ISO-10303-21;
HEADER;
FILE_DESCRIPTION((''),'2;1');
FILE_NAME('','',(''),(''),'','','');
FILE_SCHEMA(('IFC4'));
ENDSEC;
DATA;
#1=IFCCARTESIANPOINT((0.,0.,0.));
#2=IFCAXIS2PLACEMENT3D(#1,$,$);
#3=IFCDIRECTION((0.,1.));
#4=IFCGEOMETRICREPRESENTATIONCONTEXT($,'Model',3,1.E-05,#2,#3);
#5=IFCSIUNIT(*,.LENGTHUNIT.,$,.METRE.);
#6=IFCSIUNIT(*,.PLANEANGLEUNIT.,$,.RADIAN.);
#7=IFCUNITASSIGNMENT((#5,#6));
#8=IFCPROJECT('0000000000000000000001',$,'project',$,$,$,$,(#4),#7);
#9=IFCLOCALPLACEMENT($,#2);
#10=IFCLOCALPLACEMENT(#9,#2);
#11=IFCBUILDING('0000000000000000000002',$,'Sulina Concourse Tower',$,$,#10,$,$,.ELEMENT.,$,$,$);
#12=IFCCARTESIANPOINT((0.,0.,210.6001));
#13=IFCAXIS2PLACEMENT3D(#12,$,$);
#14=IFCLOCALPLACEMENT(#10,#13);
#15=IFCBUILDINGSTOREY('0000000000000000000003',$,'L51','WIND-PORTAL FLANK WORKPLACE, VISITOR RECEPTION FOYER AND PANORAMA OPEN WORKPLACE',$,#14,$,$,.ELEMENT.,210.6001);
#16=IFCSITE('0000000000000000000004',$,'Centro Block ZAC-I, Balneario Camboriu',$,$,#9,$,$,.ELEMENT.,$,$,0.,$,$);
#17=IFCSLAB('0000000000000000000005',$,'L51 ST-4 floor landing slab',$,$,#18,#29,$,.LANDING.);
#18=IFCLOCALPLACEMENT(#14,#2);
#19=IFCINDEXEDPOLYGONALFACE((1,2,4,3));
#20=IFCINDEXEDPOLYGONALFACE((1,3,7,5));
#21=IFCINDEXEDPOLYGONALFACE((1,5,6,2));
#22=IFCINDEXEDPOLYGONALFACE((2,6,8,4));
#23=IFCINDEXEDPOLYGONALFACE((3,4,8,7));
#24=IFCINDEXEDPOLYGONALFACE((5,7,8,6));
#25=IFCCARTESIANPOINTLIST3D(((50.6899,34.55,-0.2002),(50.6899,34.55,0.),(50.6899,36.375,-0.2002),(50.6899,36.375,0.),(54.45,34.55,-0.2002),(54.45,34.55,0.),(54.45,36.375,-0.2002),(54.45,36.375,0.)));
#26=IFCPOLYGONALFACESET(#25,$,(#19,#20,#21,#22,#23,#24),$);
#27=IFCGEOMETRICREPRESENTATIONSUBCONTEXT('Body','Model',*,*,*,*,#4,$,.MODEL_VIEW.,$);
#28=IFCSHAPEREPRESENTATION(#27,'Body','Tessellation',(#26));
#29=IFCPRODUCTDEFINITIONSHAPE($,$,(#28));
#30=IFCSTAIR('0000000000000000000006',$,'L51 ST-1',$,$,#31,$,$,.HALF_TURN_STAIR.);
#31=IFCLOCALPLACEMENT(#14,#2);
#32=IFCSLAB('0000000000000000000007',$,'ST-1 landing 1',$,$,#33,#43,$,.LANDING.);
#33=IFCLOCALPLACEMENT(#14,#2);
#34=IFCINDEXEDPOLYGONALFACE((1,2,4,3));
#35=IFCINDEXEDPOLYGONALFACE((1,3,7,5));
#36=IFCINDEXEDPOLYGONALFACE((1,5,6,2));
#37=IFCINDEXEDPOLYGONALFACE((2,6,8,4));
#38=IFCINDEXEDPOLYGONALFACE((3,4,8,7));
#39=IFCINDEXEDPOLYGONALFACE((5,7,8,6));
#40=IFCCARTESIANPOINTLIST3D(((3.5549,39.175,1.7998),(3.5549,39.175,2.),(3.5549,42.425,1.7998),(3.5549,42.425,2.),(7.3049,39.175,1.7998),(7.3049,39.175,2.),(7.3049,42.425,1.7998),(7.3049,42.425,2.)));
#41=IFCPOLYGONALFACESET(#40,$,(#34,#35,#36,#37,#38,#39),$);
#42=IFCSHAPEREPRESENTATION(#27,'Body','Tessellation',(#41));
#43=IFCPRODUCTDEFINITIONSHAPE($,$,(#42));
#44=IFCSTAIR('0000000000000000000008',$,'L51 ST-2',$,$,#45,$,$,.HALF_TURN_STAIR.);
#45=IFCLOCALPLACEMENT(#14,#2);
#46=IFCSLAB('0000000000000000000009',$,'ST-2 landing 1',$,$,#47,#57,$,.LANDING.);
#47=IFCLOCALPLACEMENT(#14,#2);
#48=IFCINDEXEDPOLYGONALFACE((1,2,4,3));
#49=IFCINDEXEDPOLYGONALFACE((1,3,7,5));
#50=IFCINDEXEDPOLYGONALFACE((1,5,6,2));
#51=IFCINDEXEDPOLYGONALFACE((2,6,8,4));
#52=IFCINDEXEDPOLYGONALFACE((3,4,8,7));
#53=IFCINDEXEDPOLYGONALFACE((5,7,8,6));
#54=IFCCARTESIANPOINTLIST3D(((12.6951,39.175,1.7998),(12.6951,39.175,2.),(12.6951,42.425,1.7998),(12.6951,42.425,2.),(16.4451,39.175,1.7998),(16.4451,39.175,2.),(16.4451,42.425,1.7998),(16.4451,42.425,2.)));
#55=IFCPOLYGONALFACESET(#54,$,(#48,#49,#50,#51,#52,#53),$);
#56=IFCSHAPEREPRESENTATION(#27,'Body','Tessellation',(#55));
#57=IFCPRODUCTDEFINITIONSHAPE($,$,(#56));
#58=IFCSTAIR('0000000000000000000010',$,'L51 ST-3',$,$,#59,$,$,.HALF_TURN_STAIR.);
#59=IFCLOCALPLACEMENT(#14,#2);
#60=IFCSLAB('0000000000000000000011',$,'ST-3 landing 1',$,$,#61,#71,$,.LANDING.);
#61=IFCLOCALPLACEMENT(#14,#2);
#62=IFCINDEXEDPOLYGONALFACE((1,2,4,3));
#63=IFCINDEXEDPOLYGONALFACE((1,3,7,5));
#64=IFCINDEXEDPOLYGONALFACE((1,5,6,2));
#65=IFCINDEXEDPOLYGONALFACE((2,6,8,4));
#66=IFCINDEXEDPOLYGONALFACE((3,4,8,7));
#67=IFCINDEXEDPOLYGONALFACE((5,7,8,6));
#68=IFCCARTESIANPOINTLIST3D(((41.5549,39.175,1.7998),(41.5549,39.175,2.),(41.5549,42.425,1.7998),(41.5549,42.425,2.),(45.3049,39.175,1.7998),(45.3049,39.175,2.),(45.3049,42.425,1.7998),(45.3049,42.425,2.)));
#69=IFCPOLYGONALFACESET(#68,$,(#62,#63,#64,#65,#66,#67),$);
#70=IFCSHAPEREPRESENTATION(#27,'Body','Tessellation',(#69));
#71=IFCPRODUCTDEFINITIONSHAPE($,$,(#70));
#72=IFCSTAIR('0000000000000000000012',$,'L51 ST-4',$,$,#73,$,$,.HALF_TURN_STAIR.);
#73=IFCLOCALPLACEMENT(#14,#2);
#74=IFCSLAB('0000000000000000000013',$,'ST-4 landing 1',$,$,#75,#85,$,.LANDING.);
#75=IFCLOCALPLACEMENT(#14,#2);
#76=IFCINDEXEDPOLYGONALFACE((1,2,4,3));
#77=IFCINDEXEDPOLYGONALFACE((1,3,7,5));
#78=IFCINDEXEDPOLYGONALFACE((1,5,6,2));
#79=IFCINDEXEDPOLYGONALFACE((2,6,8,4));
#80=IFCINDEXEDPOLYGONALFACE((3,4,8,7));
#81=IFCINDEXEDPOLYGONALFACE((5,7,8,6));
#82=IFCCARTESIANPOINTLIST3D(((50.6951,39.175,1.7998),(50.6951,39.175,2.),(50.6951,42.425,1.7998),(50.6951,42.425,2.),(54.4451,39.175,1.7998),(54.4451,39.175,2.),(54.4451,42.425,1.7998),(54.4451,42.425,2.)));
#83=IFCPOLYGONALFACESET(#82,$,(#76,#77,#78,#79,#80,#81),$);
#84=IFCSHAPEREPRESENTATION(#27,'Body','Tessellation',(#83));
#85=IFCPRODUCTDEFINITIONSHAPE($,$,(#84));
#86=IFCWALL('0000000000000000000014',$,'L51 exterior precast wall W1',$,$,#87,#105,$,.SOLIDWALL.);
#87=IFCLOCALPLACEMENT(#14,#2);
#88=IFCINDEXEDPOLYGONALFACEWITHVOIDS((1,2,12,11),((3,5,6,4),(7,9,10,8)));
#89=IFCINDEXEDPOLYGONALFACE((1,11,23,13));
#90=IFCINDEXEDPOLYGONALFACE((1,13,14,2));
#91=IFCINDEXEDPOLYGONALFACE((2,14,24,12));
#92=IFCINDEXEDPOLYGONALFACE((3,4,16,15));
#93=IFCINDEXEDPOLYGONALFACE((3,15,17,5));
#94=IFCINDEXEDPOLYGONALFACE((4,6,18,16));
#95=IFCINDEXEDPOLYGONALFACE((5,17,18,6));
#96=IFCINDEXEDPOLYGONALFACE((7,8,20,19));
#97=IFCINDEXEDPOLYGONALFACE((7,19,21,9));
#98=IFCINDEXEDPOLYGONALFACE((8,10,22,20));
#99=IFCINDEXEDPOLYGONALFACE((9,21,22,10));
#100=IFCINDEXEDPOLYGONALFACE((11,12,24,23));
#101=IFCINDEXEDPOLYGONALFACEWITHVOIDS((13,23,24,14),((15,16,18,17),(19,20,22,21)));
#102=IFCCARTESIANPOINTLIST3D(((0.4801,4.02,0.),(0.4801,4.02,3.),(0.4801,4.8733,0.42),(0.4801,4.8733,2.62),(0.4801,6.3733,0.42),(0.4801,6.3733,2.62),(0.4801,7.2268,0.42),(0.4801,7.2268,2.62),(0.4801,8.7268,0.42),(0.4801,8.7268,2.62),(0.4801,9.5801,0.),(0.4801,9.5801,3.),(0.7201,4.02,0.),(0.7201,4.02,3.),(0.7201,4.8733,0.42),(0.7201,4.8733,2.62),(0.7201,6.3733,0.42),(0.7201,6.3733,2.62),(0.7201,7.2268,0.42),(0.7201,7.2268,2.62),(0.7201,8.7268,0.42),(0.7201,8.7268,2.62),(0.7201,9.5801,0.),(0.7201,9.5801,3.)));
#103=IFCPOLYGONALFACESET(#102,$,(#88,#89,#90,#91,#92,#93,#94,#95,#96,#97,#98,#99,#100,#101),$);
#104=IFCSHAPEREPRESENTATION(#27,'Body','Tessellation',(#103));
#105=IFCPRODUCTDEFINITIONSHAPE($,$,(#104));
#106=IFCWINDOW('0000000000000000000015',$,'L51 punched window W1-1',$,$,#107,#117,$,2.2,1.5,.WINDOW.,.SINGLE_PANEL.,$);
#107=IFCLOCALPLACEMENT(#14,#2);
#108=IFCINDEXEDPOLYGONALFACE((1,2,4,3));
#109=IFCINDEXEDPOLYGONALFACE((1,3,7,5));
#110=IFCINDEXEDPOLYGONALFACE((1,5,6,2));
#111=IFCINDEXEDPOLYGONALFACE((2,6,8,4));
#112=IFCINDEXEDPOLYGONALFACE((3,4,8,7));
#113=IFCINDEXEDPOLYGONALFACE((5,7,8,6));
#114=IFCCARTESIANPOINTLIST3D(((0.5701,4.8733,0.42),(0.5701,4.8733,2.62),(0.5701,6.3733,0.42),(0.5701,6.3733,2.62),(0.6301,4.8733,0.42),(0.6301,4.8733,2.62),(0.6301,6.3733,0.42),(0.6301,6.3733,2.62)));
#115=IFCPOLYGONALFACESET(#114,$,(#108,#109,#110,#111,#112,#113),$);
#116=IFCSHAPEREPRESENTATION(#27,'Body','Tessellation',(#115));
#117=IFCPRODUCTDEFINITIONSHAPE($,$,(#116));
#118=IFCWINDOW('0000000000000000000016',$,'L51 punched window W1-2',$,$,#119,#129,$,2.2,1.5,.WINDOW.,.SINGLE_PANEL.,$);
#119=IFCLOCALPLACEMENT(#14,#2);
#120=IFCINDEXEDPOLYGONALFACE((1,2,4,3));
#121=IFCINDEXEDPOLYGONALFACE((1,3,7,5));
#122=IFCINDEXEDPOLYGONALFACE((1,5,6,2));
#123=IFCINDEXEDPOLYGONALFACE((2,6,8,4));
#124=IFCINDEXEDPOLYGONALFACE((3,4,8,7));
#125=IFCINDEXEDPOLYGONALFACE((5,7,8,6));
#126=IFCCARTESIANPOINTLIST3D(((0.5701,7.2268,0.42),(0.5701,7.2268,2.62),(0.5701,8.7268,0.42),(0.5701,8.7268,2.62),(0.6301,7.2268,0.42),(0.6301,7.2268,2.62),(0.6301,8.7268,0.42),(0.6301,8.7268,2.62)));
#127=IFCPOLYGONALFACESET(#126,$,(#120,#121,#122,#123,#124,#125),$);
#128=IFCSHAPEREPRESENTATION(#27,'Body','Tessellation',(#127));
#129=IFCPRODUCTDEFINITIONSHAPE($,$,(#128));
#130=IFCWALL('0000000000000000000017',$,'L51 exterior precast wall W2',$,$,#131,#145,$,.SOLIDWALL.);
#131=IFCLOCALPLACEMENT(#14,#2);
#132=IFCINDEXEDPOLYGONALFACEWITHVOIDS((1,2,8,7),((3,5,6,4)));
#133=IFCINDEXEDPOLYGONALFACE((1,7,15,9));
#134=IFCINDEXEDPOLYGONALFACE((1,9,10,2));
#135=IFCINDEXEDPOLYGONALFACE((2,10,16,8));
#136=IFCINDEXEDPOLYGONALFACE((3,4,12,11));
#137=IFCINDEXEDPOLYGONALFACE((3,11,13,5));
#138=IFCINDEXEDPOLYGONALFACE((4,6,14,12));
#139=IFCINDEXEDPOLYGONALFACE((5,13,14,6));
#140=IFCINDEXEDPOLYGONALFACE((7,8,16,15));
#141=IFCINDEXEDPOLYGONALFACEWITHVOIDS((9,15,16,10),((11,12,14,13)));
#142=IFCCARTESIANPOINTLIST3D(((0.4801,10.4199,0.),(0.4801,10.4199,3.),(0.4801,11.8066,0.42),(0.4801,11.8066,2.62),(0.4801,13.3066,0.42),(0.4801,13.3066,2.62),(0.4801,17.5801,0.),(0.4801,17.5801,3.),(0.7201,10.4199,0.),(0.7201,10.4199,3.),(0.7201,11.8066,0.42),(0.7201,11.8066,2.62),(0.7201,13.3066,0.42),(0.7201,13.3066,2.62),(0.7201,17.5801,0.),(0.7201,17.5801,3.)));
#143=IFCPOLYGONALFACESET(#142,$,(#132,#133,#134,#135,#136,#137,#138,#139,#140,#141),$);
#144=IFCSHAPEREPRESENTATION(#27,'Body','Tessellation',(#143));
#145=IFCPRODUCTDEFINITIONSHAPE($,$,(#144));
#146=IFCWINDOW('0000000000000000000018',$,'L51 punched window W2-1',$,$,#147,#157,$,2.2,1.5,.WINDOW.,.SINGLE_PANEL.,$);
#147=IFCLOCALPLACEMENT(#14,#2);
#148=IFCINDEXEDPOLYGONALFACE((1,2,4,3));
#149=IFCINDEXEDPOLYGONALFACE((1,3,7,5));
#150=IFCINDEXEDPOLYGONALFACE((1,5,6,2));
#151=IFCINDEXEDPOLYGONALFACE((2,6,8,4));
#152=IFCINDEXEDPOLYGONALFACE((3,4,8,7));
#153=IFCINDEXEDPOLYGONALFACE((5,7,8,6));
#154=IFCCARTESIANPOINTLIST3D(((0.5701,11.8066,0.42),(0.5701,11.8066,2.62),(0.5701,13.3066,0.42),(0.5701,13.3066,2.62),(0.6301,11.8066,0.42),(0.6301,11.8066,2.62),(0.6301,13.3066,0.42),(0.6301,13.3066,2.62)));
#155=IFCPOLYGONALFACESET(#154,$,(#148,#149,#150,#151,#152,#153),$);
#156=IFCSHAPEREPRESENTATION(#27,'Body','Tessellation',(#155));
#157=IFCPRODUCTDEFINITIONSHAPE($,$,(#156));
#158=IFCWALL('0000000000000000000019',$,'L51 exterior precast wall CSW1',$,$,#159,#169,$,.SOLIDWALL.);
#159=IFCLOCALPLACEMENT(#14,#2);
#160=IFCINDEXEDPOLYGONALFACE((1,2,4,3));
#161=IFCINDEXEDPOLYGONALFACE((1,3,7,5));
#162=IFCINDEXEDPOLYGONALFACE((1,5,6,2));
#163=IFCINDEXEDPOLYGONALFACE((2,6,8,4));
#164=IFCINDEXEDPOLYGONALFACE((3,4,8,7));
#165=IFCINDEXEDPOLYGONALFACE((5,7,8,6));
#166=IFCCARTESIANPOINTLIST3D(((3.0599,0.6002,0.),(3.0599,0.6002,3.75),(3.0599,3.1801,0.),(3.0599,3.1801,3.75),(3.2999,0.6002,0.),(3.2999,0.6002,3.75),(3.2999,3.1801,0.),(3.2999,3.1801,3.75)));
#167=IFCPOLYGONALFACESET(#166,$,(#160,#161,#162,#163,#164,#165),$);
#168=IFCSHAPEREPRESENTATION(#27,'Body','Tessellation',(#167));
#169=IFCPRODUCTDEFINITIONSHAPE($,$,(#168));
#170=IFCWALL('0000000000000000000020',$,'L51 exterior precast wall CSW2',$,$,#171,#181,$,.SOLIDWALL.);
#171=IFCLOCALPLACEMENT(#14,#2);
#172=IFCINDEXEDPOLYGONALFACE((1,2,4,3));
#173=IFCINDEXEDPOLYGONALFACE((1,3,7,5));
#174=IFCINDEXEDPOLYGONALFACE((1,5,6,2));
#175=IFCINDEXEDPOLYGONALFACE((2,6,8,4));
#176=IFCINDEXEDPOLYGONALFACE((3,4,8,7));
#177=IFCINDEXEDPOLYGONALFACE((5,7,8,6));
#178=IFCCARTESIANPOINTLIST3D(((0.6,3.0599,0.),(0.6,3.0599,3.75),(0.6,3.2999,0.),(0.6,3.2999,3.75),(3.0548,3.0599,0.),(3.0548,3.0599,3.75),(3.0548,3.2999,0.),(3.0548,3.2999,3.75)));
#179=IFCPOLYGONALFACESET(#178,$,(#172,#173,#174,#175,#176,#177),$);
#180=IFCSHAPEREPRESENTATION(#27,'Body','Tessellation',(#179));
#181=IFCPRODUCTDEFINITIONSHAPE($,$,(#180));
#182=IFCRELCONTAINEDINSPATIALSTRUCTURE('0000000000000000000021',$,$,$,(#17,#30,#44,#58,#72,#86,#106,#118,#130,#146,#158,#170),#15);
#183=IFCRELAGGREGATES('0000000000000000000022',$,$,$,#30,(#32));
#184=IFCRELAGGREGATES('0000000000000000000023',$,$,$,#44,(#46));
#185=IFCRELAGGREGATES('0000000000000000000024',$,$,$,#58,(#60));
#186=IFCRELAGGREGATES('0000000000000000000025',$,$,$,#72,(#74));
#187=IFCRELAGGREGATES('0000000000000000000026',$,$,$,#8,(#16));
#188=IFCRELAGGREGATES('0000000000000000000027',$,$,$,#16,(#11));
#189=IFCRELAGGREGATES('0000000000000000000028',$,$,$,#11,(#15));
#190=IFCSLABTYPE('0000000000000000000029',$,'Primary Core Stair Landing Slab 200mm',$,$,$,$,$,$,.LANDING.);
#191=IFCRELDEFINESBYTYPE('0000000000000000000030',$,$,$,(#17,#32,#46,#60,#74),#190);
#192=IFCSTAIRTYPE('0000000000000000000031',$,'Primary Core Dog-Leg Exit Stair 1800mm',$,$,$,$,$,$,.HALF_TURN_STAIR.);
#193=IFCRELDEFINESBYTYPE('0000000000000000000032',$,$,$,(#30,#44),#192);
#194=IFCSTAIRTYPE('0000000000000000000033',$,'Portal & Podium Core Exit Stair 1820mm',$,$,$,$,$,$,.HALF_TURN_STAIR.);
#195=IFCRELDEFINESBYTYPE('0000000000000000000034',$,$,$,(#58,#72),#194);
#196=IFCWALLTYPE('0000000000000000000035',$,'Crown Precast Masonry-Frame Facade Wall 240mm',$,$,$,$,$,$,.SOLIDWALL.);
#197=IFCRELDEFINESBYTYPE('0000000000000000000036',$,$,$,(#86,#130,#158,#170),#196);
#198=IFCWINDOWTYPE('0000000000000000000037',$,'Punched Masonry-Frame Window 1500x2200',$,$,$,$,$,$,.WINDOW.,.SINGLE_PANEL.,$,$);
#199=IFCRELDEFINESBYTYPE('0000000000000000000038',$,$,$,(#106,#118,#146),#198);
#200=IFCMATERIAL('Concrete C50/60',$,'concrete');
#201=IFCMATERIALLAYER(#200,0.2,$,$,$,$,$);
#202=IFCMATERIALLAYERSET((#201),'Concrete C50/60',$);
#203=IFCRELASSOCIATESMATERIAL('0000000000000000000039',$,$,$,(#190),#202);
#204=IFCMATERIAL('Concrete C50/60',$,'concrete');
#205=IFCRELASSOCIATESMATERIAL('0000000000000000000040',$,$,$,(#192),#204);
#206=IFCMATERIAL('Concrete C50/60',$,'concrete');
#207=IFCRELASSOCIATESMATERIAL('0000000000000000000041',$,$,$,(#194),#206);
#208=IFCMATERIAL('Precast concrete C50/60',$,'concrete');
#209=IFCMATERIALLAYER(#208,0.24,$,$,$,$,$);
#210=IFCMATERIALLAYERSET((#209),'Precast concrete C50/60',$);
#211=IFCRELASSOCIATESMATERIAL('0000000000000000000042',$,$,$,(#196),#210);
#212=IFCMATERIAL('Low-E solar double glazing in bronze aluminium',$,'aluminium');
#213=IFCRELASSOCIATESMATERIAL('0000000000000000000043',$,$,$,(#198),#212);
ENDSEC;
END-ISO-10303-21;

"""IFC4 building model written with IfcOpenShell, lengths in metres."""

from ifc_helpers import new_model, si_unit, direction, frame, frame_2d, origin, place, context, subcontext, project, spatial, polyline, rectangle, outline, extrude, material, layer, layer_set, type_object, element, fill, aggregate, save


model = new_model("IFC4")

# Units and contexts
model_context = context("Model", 3, precision=1e-05, world=origin(), true_north=direction((0.0, 1.0)))
body_context = subcontext(model_context, "Body", "Model", "MODEL_VIEW")
ifc_project = project(units=[si_unit("LENGTHUNIT", "METRE"), si_unit("PLANEANGLEUNIT", "RADIAN")], contexts=[model_context])

# Site, building, storey
site_placement = place(None, origin())
site = spatial("IfcSite", under=ifc_project, at=site_placement, Name="Centro Block ZAC-I, Balneario Camboriu", CompositionType="ELEMENT", RefElevation=0.0)
building_placement = place(site_placement, origin())
building = spatial("IfcBuilding", under=site, at=building_placement, Name="Sulina Concourse Tower", CompositionType="ELEMENT")
storey_placement = place(building_placement, frame((0.0, 0.0, 210.6001)))
storey = spatial("IfcBuildingStorey", under=building, at=storey_placement, Name="L51", Description="WIND-PORTAL FLANK WORKPLACE, VISITOR RECEPTION FOYER AND PANORAMA OPEN WORKPLACE", CompositionType="ELEMENT", Elevation=210.6001)

# Slab
ifc_material_1 = material(Name="Concrete C50/60", Category="concrete")
ifc_layer_1 = layer(ifc_material_1, 0.2)
ifc_layer_set_1 = layer_set([ifc_layer_1], Name="Concrete C50/60")
slab_type_1 = type_object("IfcSlabType", Name="Primary Core Stair Landing Slab 200mm", PredefinedType="LANDING", material=ifc_layer_set_1)
slab_1_placement = place(storey_placement, frame((0.0, 0.0, -0.2002)))
element("IfcSlab", 1, at=slab_1_placement, inside=storey, type_object=slab_type_1, Name="L51 ST-4 floor landing slab", PredefinedType="LANDING", context=body_context, shape_type="SweptSolid", body=[
    extrude(outline(polyline([(54.45, 34.55), (54.45, 36.375), (50.6899, 36.375), (50.6899, 34.55), (54.45, 34.55)])), origin(), (0.0, 0.0, 1.0), 0.2002),
])

# Stairs, slabs
ifc_material_2 = material(Name="Concrete C50/60", Category="concrete")
stair_type_1 = type_object("IfcStairType", Name="Primary Core Dog-Leg Exit Stair 1800mm", PredefinedType="HALF_TURN_STAIR", material=ifc_material_2)
stair_1_placement = place(storey_placement, origin())
stair_1 = element("IfcStair", 2, at=stair_1_placement, inside=storey, type_object=stair_type_1, Name="L51 ST-1", PredefinedType="HALF_TURN_STAIR")
slab_2_placement = place(storey_placement, frame((0.0, 0.0, 1.7998)))
slab_2 = element("IfcSlab", 3, at=slab_2_placement, type_object=slab_type_1, Name="ST-1 landing 1", PredefinedType="LANDING", context=body_context, shape_type="SweptSolid", body=[
    extrude(outline(polyline([(7.3049, 39.175), (7.3049, 42.425), (3.5549, 42.425), (3.5549, 39.175), (7.3049, 39.175)])), origin(), (0.0, 0.0, 1.0), 0.2002),
])
aggregate(stair_1, [slab_2])
stair_2_placement = place(storey_placement, origin())
stair_2 = element("IfcStair", 4, at=stair_2_placement, inside=storey, type_object=stair_type_1, Name="L51 ST-2", PredefinedType="HALF_TURN_STAIR")
slab_3_placement = place(storey_placement, frame((0.0, 0.0, 1.7998)))
slab_3 = element("IfcSlab", 5, at=slab_3_placement, type_object=slab_type_1, Name="ST-2 landing 1", PredefinedType="LANDING", context=body_context, shape_type="SweptSolid", body=[
    extrude(outline(polyline([(16.4451, 39.175), (16.4451, 42.425), (12.6951, 42.425), (12.6951, 39.175), (16.4451, 39.175)])), origin(), (0.0, 0.0, 1.0), 0.2002),
])
aggregate(stair_2, [slab_3])
ifc_material_3 = material(Name="Concrete C50/60", Category="concrete")
stair_type_2 = type_object("IfcStairType", Name="Portal & Podium Core Exit Stair 1820mm", PredefinedType="HALF_TURN_STAIR", material=ifc_material_3)
stair_3_placement = place(storey_placement, origin())
stair_3 = element("IfcStair", 6, at=stair_3_placement, inside=storey, type_object=stair_type_2, Name="L51 ST-3", PredefinedType="HALF_TURN_STAIR")
slab_4_placement = place(storey_placement, frame((0.0, 0.0, 1.7998)))
slab_4 = element("IfcSlab", 7, at=slab_4_placement, type_object=slab_type_1, Name="ST-3 landing 1", PredefinedType="LANDING", context=body_context, shape_type="SweptSolid", body=[
    extrude(outline(polyline([(45.3049, 39.175), (45.3049, 42.425), (41.5549, 42.425), (41.5549, 39.175), (45.3049, 39.175)])), origin(), (0.0, 0.0, 1.0), 0.2002),
])
aggregate(stair_3, [slab_4])
stair_4_placement = place(storey_placement, origin())
stair_4 = element("IfcStair", 8, at=stair_4_placement, inside=storey, type_object=stair_type_2, Name="L51 ST-4", PredefinedType="HALF_TURN_STAIR")
slab_5_placement = place(storey_placement, frame((0.0, 0.0, 1.7998)))
slab_5 = element("IfcSlab", 9, at=slab_5_placement, type_object=slab_type_1, Name="ST-4 landing 1", PredefinedType="LANDING", context=body_context, shape_type="SweptSolid", body=[
    extrude(outline(polyline([(54.4451, 39.175), (54.4451, 42.425), (50.6951, 42.425), (50.6951, 39.175), (54.4451, 39.175)])), origin(), (0.0, 0.0, 1.0), 0.2002),
])
aggregate(stair_4, [slab_5])

# Wall, openings, windows
ifc_material_4 = material(Name="Precast concrete C50/60", Category="concrete")
ifc_layer_2 = layer(ifc_material_4, 0.24)
ifc_layer_set_2 = layer_set([ifc_layer_2], Name="Precast concrete C50/60")
wall_type = type_object("IfcWallType", Name="Crown Precast Masonry-Frame Facade Wall 240mm", PredefinedType="SOLIDWALL", material=ifc_layer_set_2)
wall_1_placement = place(storey_placement, frame((0.6001, 4.02, 0.0), z_axis=(0.0, 0.0, 1.0), x_axis=(0.0, 1.0, 0.0)))
wall_1 = element("IfcWall", 10, at=wall_1_placement, inside=storey, type_object=wall_type, Name="L51 exterior precast wall W1", PredefinedType="SOLIDWALL", context=body_context, shape_type="SweptSolid", body=[
    extrude(rectangle(XDim=5.5601, YDim=0.24, at=frame_2d((2.78, 0.0))), origin(), (0.0, 0.0, 1.0), 3.0),
])
opening_1_placement = place(wall_1_placement, frame((0.8533, 0.0, 0.4199)))
opening_1 = element("IfcOpeningElement", 11, at=opening_1_placement, cuts=wall_1, PredefinedType="OPENING", context=body_context, shape_type="SweptSolid", body=[
    extrude(rectangle(XDim=1.5, YDim=2.2, at=frame_2d((0.75, 1.1001))), frame((0.0, 0.1299, 0.0), z_axis=(0.0, -1.0, 0.0), x_axis=(1.0, 0.0, 0.0)), (0.0, 0.0, 1.0), 0.26),
])
opening_2_placement = place(wall_1_placement, frame((3.2068, 0.0, 0.4199)))
opening_2 = element("IfcOpeningElement", 12, at=opening_2_placement, cuts=wall_1, PredefinedType="OPENING", context=body_context, shape_type="SweptSolid", body=[
    extrude(rectangle(XDim=1.5, YDim=2.2, at=frame_2d((0.75, 1.1001))), frame((0.0, 0.1299, 0.0), z_axis=(0.0, -1.0, 0.0), x_axis=(1.0, 0.0, 0.0)), (0.0, 0.0, 1.0), 0.26),
])
ifc_material_5 = material(Name="Low-E solar double glazing in bronze aluminium", Category="aluminium")
window_type = type_object("IfcWindowType", Name="Punched Masonry-Frame Window 1500x2200", PartitioningType="SINGLE_PANEL", PredefinedType="WINDOW", material=ifc_material_5)
window_1_placement = place(opening_1_placement, origin())
window_1 = element("IfcWindow", 13, at=window_1_placement, inside=storey, type_object=window_type, Name="L51 punched window W1-1", OverallHeight=2.2, OverallWidth=1.5, PartitioningType="SINGLE_PANEL", PredefinedType="WINDOW", context=body_context, shape_type="SweptSolid", body=[
    extrude(rectangle(XDim=1.5, YDim=2.2, at=frame_2d((0.75, 1.1001))), frame((0.0, 0.03, 0.0), z_axis=(0.0, -1.0, 0.0), x_axis=(1.0, 0.0, 0.0)), (0.0, 0.0, 1.0), 0.0601),
])
fill(opening_1, window_1)
window_2_placement = place(opening_2_placement, origin())
window_2 = element("IfcWindow", 14, at=window_2_placement, inside=storey, type_object=window_type, Name="L51 punched window W1-2", OverallHeight=2.2, OverallWidth=1.5, PartitioningType="SINGLE_PANEL", PredefinedType="WINDOW", context=body_context, shape_type="SweptSolid", body=[
    extrude(rectangle(XDim=1.5, YDim=2.2, at=frame_2d((0.75, 1.1001))), frame((0.0, 0.03, 0.0), z_axis=(0.0, -1.0, 0.0), x_axis=(1.0, 0.0, 0.0)), (0.0, 0.0, 1.0), 0.0601),
])
fill(opening_2, window_2)

# Wall, opening, window
wall_2_placement = place(storey_placement, frame((0.6001, 10.4199, 0.0), z_axis=(0.0, 0.0, 1.0), x_axis=(0.0, 1.0, 0.0)))
wall_2 = element("IfcWall", 15, at=wall_2_placement, inside=storey, type_object=wall_type, Name="L51 exterior precast wall W2", PredefinedType="SOLIDWALL", context=body_context, shape_type="SweptSolid", body=[
    extrude(rectangle(XDim=7.1602, YDim=0.24, at=frame_2d((3.5801, 0.0))), origin(), (0.0, 0.0, 1.0), 3.0),
])
opening_3_placement = place(wall_2_placement, frame((1.3867, 0.0, 0.4199)))
opening_3 = element("IfcOpeningElement", 16, at=opening_3_placement, cuts=wall_2, PredefinedType="OPENING", context=body_context, shape_type="SweptSolid", body=[
    extrude(rectangle(XDim=1.5, YDim=2.2, at=frame_2d((0.75, 1.1001))), frame((0.0, 0.1299, 0.0), z_axis=(0.0, -1.0, 0.0), x_axis=(1.0, 0.0, 0.0)), (0.0, 0.0, 1.0), 0.26),
])
window_3_placement = place(opening_3_placement, origin())
window_3 = element("IfcWindow", 17, at=window_3_placement, inside=storey, type_object=window_type, Name="L51 punched window W2-1", OverallHeight=2.2, OverallWidth=1.5, PartitioningType="SINGLE_PANEL", PredefinedType="WINDOW", context=body_context, shape_type="SweptSolid", body=[
    extrude(rectangle(XDim=1.5, YDim=2.2, at=frame_2d((0.75, 1.1001))), frame((0.0, 0.03, 0.0), z_axis=(0.0, -1.0, 0.0), x_axis=(1.0, 0.0, 0.0)), (0.0, 0.0, 1.0), 0.0601),
])
fill(opening_3, window_3)

# Walls
wall_3_placement = place(storey_placement, frame((3.1799, 0.6001, 0.0), z_axis=(0.0, 0.0, 1.0), x_axis=(0.0, 1.0, 0.0)))
element("IfcWall", 18, at=wall_3_placement, inside=storey, type_object=wall_type, Name="L51 exterior precast wall CSW1", PredefinedType="SOLIDWALL", context=body_context, shape_type="SweptSolid", body=[
    extrude(rectangle(XDim=2.5798, YDim=0.24, at=frame_2d((1.29, 0.0))), origin(), (0.0, 0.0, 1.0), 3.75),
])
wall_4_placement = place(storey_placement, frame((3.0549, 3.1799, 0.0), z_axis=(0.0, 0.0, 1.0), x_axis=(-1.0, 0.0, 0.0)))
element("IfcWall", 19, at=wall_4_placement, inside=storey, type_object=wall_type, Name="L51 exterior precast wall CSW2", PredefinedType="SOLIDWALL", context=body_context, shape_type="SweptSolid", body=[
    extrude(rectangle(XDim=2.4548, YDim=0.24, at=frame_2d((1.2275, 0.0))), origin(), (0.0, 0.0, 1.0), 3.75),
])

save(model, "model.ifc")
